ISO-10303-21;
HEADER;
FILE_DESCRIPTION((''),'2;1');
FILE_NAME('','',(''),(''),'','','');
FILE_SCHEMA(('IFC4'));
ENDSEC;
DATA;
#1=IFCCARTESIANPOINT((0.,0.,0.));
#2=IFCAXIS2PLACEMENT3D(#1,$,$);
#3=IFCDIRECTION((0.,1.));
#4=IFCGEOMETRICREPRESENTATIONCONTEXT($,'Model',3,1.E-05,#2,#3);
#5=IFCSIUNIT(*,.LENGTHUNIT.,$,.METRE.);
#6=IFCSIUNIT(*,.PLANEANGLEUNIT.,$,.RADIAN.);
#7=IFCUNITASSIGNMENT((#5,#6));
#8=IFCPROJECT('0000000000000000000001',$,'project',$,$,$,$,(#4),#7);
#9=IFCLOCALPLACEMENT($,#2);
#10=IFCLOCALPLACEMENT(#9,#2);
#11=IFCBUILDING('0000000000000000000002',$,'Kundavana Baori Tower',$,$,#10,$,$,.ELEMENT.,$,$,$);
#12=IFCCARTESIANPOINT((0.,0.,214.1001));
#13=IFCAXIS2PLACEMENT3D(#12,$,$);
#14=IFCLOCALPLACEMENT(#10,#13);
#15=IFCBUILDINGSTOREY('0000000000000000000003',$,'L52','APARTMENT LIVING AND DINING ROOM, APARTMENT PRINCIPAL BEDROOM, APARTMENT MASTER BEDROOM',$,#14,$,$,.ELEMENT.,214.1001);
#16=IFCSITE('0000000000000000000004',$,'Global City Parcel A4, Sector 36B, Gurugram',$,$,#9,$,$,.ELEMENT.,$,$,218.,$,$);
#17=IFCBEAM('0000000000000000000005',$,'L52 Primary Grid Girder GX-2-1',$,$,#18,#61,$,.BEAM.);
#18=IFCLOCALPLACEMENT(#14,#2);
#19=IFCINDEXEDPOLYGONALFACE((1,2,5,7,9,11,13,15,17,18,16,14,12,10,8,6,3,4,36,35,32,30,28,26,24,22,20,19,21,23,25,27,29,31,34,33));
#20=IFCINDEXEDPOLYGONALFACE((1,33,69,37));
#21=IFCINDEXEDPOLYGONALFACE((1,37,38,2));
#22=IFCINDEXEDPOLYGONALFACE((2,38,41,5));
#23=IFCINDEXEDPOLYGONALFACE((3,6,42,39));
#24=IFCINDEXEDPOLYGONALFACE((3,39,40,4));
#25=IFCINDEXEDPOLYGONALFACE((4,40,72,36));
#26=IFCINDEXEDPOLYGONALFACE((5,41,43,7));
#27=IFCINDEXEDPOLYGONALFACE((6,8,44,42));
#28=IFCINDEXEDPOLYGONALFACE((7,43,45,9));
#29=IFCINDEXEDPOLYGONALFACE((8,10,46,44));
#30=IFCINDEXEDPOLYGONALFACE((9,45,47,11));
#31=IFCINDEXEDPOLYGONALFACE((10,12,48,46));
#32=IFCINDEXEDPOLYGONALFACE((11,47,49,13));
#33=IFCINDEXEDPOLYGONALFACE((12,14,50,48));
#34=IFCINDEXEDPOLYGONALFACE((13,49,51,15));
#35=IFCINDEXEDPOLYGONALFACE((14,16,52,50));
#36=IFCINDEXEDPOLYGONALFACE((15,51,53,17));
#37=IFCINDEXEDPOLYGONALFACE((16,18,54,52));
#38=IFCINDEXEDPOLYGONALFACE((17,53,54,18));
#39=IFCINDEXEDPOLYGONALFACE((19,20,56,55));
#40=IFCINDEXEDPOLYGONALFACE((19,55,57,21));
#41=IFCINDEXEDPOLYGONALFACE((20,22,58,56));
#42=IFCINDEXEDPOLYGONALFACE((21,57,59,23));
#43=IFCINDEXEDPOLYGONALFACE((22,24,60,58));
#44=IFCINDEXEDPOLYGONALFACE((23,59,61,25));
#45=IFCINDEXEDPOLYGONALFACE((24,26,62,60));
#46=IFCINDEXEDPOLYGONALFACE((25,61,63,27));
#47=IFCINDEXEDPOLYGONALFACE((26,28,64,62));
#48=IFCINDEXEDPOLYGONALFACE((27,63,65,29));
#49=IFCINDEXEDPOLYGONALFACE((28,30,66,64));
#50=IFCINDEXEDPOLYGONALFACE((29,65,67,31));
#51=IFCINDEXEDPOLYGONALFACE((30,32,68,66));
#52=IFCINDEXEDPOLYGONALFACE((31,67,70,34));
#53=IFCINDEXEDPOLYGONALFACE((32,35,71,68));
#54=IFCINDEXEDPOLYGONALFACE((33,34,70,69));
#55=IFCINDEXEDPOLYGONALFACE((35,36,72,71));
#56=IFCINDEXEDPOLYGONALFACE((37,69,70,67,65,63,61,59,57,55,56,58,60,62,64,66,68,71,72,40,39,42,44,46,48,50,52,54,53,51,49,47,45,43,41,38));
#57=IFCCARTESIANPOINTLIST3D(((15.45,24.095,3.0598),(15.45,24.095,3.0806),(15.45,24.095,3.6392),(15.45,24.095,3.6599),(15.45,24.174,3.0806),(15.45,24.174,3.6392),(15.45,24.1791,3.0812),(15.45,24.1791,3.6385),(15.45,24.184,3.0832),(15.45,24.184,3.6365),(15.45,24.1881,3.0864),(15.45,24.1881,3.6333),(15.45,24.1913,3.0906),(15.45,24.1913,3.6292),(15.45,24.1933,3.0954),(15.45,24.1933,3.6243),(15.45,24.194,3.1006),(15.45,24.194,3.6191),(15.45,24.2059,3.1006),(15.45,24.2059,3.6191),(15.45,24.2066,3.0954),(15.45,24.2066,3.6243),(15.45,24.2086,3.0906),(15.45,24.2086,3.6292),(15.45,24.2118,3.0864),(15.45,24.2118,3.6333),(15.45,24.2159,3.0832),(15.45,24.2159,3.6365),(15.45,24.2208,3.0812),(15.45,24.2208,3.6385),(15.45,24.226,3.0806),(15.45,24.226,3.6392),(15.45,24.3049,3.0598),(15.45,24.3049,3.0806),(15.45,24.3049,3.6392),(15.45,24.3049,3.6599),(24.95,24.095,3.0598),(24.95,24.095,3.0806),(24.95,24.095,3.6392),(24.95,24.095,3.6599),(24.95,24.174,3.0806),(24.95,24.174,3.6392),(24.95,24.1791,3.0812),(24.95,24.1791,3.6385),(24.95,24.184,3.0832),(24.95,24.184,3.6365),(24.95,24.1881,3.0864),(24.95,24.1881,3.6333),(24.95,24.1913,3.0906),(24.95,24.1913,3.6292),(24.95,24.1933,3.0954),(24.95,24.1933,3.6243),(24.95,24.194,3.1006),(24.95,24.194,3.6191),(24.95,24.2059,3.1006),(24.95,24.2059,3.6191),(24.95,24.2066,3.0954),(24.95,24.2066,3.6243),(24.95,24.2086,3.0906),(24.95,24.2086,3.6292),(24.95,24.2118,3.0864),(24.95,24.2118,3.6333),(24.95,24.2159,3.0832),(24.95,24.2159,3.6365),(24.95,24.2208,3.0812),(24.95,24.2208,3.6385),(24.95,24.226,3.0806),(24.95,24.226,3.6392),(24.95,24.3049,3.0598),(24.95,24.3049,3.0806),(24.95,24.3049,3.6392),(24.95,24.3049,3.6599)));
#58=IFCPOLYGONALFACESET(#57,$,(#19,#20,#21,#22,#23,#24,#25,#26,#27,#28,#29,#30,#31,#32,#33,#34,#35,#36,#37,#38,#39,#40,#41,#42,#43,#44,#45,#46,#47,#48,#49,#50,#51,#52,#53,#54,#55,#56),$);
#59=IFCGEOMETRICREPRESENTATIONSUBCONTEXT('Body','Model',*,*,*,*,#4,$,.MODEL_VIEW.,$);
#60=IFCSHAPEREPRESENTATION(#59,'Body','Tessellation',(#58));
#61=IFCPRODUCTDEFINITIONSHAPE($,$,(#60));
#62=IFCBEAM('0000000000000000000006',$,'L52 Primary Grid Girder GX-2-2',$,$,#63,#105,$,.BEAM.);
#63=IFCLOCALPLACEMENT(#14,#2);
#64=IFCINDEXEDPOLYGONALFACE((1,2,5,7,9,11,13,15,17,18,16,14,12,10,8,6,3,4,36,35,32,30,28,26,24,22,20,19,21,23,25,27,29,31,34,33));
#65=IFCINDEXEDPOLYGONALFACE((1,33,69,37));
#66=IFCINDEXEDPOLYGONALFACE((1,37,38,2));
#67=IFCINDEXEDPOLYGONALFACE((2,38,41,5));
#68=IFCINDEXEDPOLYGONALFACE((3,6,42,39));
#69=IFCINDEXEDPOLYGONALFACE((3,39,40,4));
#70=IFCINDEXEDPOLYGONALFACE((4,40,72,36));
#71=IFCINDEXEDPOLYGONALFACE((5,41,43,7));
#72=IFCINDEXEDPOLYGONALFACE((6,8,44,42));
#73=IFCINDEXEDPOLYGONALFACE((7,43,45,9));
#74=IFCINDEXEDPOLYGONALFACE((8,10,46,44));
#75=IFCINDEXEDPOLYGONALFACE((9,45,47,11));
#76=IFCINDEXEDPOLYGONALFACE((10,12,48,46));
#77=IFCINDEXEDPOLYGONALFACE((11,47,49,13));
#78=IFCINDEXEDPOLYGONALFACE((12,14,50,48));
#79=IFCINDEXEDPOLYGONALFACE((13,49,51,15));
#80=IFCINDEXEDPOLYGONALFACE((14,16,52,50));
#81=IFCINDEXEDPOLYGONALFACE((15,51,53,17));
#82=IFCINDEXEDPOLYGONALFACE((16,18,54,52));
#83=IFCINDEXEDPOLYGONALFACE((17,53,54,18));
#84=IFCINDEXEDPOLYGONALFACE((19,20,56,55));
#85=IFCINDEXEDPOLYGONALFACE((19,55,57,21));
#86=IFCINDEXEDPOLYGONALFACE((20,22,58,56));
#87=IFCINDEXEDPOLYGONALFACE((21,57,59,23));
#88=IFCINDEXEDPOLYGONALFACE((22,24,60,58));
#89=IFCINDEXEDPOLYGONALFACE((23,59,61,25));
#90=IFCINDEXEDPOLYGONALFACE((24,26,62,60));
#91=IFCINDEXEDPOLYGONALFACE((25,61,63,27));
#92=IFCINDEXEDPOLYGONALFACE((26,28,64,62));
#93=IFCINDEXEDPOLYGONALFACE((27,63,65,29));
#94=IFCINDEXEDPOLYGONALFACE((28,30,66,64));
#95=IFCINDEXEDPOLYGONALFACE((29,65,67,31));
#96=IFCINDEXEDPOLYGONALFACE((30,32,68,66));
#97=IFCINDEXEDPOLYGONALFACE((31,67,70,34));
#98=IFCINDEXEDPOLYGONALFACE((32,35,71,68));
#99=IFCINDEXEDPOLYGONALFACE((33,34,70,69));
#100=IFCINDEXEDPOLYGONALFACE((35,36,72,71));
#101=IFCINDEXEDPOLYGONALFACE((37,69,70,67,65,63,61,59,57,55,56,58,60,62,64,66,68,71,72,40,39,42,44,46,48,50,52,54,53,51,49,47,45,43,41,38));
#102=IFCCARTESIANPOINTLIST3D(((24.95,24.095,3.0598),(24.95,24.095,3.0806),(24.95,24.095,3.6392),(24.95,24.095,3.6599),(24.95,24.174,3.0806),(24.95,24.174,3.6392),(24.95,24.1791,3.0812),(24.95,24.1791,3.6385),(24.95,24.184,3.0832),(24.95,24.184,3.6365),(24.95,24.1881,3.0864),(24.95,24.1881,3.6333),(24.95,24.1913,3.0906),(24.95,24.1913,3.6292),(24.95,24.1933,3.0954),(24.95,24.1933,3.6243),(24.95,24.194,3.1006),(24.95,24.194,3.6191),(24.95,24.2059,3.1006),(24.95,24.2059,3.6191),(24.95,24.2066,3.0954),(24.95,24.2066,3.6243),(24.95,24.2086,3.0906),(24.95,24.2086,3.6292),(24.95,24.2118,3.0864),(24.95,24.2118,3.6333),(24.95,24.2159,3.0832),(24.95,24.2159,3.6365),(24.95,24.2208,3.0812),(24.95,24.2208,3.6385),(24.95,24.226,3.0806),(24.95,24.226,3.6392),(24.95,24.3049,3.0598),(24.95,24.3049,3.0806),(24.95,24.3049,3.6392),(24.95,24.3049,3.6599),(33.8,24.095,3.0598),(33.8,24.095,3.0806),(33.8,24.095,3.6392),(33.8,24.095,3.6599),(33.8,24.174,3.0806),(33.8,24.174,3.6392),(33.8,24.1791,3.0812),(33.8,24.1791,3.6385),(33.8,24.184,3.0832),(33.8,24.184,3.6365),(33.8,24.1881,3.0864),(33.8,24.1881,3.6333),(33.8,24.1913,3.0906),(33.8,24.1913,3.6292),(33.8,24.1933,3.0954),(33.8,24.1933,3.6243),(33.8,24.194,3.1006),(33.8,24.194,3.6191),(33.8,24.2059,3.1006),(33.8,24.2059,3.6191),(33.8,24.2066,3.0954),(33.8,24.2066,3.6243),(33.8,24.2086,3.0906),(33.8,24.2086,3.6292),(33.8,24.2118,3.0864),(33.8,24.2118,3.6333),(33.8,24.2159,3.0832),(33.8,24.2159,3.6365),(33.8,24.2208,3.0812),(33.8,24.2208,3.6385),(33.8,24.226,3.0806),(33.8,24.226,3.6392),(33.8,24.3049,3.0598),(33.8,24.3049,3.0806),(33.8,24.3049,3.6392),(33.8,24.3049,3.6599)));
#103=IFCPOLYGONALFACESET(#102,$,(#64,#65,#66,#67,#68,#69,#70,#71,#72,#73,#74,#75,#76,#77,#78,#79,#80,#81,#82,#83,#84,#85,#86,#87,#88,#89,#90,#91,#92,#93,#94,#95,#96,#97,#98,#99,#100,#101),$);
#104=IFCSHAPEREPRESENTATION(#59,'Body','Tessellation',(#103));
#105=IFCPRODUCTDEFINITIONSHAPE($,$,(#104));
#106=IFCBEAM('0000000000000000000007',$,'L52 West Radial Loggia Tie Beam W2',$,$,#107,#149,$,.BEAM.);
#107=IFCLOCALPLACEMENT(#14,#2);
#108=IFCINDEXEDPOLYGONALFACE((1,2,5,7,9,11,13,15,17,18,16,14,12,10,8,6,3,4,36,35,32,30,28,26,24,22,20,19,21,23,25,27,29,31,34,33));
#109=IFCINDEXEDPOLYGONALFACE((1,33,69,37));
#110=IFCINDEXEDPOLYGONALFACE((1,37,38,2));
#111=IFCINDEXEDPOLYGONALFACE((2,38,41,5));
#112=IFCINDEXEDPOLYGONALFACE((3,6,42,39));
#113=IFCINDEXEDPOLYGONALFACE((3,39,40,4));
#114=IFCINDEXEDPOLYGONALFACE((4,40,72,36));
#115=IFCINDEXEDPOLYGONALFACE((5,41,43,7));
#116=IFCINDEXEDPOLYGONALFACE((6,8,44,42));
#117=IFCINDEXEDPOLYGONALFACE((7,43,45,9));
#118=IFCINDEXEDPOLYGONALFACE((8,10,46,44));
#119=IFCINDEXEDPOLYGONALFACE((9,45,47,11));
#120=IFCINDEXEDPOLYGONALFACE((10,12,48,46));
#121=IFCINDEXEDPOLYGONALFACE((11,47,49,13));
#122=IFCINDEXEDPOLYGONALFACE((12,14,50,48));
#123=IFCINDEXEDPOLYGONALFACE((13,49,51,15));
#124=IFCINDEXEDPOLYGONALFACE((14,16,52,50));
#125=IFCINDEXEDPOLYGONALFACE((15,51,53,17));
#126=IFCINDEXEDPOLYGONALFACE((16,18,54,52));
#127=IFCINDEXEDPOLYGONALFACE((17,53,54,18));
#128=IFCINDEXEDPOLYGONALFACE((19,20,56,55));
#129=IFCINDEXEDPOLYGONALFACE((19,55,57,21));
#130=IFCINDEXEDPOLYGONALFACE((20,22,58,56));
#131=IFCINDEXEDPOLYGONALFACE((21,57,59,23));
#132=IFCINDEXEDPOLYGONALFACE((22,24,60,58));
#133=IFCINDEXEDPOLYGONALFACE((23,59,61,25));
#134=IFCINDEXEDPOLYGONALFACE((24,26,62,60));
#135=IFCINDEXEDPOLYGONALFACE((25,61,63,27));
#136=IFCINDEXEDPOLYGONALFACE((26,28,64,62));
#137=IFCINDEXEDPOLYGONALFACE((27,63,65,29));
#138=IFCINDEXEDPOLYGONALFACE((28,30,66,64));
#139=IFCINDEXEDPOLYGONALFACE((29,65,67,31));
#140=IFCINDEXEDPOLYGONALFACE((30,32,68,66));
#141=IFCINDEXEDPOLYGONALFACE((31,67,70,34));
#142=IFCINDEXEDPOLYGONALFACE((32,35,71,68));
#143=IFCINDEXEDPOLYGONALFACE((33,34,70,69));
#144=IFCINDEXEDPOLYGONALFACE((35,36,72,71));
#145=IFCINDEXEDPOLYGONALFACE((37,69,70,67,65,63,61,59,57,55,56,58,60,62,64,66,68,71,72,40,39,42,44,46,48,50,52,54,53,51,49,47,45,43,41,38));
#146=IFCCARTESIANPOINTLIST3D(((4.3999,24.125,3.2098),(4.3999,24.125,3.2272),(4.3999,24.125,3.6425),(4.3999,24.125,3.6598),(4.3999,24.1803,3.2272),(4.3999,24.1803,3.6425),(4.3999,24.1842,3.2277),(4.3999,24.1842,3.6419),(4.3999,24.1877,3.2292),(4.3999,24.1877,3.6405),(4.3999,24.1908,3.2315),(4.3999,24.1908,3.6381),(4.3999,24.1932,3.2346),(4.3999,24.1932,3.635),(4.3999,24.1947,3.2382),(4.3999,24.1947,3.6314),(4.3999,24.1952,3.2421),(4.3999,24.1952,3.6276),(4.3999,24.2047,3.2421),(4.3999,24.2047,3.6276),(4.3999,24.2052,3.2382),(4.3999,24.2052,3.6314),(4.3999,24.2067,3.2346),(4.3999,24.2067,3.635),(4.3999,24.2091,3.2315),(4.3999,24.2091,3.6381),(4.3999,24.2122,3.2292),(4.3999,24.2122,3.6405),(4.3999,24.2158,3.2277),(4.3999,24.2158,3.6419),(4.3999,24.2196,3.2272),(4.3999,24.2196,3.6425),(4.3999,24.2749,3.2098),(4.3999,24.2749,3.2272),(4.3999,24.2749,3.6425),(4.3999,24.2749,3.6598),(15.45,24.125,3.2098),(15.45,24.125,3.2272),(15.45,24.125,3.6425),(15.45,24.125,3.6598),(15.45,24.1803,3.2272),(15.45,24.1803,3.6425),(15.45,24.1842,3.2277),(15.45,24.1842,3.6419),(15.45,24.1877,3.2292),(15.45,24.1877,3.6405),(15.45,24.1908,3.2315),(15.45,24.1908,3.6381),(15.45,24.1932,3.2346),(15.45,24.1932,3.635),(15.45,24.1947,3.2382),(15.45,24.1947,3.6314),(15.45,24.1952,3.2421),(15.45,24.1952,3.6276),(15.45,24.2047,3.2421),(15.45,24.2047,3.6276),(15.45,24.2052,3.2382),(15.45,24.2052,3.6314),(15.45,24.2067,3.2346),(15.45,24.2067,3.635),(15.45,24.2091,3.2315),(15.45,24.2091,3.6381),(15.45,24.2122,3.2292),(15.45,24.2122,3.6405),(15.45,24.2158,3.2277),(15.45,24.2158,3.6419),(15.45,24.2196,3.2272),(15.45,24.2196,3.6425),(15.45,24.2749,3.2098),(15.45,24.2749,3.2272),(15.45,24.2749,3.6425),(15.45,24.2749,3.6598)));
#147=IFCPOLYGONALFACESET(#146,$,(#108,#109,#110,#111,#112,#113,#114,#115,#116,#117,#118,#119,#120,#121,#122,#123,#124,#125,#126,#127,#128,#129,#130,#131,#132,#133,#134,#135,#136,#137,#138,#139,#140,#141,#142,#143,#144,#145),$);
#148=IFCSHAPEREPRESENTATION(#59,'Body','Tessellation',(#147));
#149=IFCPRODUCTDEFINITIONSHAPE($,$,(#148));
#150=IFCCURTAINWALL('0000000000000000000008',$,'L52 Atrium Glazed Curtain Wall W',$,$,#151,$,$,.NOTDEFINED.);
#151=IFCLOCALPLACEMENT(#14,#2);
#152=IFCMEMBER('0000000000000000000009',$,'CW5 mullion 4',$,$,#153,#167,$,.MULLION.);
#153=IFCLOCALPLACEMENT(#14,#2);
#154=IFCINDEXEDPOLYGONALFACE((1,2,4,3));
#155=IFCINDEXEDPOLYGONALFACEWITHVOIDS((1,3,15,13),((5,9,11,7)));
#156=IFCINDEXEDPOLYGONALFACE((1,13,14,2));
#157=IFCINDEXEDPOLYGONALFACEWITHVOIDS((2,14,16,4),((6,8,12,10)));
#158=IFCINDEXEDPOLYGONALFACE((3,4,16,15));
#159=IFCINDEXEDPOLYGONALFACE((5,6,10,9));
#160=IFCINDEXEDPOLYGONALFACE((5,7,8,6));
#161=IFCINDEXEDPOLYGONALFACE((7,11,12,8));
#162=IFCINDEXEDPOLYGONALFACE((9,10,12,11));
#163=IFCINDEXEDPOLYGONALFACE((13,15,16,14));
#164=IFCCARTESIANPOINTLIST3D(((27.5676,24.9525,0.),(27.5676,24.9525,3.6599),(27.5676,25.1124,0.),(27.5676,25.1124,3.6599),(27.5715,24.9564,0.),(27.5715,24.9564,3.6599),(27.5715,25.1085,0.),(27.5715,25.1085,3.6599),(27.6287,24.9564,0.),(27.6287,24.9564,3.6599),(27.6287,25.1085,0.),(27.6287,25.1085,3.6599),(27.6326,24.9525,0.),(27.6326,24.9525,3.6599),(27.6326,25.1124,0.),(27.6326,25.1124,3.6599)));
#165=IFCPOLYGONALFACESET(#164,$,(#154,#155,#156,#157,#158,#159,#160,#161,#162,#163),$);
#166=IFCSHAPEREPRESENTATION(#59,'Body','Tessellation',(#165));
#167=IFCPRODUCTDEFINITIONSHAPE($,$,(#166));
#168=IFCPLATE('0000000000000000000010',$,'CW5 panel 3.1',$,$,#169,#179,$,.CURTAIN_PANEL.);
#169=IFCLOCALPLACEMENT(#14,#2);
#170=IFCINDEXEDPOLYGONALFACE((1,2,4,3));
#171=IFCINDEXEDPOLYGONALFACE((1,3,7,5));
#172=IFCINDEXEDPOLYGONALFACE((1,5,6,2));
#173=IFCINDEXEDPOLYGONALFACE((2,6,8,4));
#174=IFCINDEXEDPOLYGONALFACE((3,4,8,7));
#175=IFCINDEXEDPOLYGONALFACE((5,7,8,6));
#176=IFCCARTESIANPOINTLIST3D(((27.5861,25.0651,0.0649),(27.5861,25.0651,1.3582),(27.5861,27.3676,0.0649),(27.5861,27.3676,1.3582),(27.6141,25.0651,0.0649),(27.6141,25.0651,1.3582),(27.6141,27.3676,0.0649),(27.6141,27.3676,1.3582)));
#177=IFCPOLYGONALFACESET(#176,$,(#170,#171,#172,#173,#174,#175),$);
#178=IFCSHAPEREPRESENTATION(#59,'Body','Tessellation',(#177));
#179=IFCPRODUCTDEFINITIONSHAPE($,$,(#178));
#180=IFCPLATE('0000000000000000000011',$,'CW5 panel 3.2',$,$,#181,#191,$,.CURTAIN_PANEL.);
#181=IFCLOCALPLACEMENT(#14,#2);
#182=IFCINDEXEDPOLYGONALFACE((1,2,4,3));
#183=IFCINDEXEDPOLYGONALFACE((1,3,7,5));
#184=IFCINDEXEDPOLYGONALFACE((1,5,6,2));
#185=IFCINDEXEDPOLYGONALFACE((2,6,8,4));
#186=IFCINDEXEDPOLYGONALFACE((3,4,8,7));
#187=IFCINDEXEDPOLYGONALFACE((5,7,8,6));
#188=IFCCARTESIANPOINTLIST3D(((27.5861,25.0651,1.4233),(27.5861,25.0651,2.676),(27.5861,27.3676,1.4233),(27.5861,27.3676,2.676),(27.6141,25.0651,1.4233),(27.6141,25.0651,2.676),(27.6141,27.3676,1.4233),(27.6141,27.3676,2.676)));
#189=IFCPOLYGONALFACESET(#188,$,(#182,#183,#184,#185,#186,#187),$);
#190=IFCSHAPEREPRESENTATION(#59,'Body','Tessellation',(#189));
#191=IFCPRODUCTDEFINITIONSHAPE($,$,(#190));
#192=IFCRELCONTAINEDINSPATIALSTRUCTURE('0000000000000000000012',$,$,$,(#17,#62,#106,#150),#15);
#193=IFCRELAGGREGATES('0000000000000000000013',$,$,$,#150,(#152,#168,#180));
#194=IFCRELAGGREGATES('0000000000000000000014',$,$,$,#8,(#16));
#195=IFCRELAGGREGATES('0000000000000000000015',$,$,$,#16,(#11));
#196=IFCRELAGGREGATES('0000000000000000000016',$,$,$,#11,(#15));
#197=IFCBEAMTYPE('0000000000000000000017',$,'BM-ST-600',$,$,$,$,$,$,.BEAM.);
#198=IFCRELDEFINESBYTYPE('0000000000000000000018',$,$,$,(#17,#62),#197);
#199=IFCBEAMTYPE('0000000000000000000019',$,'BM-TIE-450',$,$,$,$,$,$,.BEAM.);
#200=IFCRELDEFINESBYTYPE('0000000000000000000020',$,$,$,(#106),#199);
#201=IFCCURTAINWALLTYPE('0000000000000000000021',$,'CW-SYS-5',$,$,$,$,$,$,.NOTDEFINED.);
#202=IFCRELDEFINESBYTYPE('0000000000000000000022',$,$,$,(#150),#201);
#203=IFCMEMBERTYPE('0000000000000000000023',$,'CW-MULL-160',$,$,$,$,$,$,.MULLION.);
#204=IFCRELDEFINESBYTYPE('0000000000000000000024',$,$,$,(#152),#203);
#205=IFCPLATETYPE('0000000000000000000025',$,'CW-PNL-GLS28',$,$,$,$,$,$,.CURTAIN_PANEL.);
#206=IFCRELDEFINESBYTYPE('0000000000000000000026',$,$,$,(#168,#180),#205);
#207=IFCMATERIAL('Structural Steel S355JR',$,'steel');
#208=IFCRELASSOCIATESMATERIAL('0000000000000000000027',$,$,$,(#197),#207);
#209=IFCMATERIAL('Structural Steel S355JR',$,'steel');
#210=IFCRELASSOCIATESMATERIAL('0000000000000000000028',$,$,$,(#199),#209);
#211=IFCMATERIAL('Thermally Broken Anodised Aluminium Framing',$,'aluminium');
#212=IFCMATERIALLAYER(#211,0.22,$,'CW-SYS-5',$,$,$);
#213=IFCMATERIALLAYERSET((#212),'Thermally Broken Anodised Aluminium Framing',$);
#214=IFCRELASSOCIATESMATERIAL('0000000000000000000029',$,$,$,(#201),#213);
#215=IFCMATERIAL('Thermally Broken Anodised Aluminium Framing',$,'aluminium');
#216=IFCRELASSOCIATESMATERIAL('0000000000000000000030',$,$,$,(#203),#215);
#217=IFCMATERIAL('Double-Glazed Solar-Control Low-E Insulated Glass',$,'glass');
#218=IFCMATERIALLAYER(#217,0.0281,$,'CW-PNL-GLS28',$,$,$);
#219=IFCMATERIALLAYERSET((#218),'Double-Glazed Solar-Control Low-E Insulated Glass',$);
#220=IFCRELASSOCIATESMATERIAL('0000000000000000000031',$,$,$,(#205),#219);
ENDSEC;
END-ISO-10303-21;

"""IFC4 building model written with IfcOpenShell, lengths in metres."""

from ifc_helpers import new_model, si_unit, direction, frame, origin, origin_2d, place, context, subcontext, project, spatial, rectangle, hollow_rectangle, i_section, extrude, material, layer, layer_set, material_profile, profile_set, type_object, element, aggregate, save


model = new_model("IFC4")

# Units and contexts
model_context = context("Model", 3, precision=1e-05, world=origin(), true_north=direction((0.0, 1.0)))
body_context = subcontext(model_context, "Body", "Model", "MODEL_VIEW")
ifc_project = project(units=[si_unit("LENGTHUNIT", "METRE"), si_unit("PLANEANGLEUNIT", "RADIAN")], contexts=[model_context])

# Site, building, storey
site_placement = place(None, origin())
site = spatial("IfcSite", under=ifc_project, at=site_placement, Name="Global City Parcel A4, Sector 36B, Gurugram", CompositionType="ELEMENT", RefElevation=218.0)
building_placement = place(site_placement, origin())
building = spatial("IfcBuilding", under=site, at=building_placement, Name="Kundavana Baori Tower", CompositionType="ELEMENT")
storey_placement = place(building_placement, frame((0.0, 0.0, 214.1001)))
storey = spatial("IfcBuildingStorey", under=building, at=storey_placement, Name="L52", Description="APARTMENT LIVING AND DINING ROOM, APARTMENT PRINCIPAL BEDROOM, APARTMENT MASTER BEDROOM", CompositionType="ELEMENT", Elevation=214.1001)

# Beams
ifc_material_1 = material(Name="Structural Steel S355JR", Category="steel")
ifc_material_profile_1 = material_profile(ifc_material_1, i_section(OverallWidth=0.21, OverallDepth=0.6001, WebThickness=0.012, FlangeThickness=0.0208, FilletRadius=0.02, at=origin_2d()), Name="ISMB 600")
ifc_profile_set_1 = profile_set([ifc_material_profile_1], Name="Structural Steel S355JR")
beam_type_1 = type_object("IfcBeamType", Name="BM-ST-600", PredefinedType="BEAM", material=ifc_profile_set_1)
beam_1_placement = place(storey_placement, frame((15.45, 24.2, 3.3599), z_axis=(1.0, 0.0, 0.0), x_axis=(0.0, 1.0, 0.0)))
element("IfcBeam", 1, at=beam_1_placement, inside=storey, type_object=beam_type_1, Name="L52 Primary Grid Girder GX-2-1", PredefinedType="BEAM", context=body_context, shape_type="SweptSolid", body=[
    extrude(i_section(OverallWidth=0.21, OverallDepth=0.6001, WebThickness=0.012, FlangeThickness=0.0208, FilletRadius=0.02, at=origin_2d()), origin(), (0.0, 0.0, 1.0), 9.5),
])
beam_2_placement = place(storey_placement, frame((24.95, 24.2, 3.3599), z_axis=(1.0, 0.0, 0.0), x_axis=(0.0, 1.0, 0.0)))
element("IfcBeam", 2, at=beam_2_placement, inside=storey, type_object=beam_type_1, Name="L52 Primary Grid Girder GX-2-2", PredefinedType="BEAM", context=body_context, shape_type="SweptSolid", body=[
    extrude(i_section(OverallWidth=0.21, OverallDepth=0.6001, WebThickness=0.012, FlangeThickness=0.0208, FilletRadius=0.02, at=origin_2d()), origin(), (0.0, 0.0, 1.0), 8.8501),
])
ifc_material_2 = material(Name="Structural Steel S355JR", Category="steel")
ifc_material_profile_2 = material_profile(ifc_material_2, i_section(OverallWidth=0.1499, OverallDepth=0.45, WebThickness=0.0095, FlangeThickness=0.0173, FilletRadius=0.0149, at=origin_2d()), Name="ISMB 450")
ifc_profile_set_2 = profile_set([ifc_material_profile_2], Name="Structural Steel S355JR")
beam_type_2 = type_object("IfcBeamType", Name="BM-TIE-450", PredefinedType="BEAM", material=ifc_profile_set_2)
beam_3_placement = place(storey_placement, frame((15.45, 24.2, 3.4348), z_axis=(-1.0, 0.0, 0.0), x_axis=(0.0, -1.0, 0.0)))
element("IfcBeam", 3, at=beam_3_placement, inside=storey, type_object=beam_type_2, Name="L52 West Radial Loggia Tie Beam W2", PredefinedType="BEAM", context=body_context, shape_type="SweptSolid", body=[
    extrude(i_section(OverallWidth=0.1499, OverallDepth=0.45, WebThickness=0.0095, FlangeThickness=0.0173, FilletRadius=0.0149, at=origin_2d()), origin(), (0.0, 0.0, 1.0), 11.05),
])

# Curtain wall, member, plates
ifc_material_3 = material(Name="Thermally Broken Anodised Aluminium Framing", Category="aluminium")
ifc_layer_1 = layer(ifc_material_3, 0.22, Name="CW-SYS-5")
ifc_layer_set_1 = layer_set([ifc_layer_1], Name="Thermally Broken Anodised Aluminium Framing")
curtain_wall_type = type_object("IfcCurtainWallType", Name="CW-SYS-5", PredefinedType="NOTDEFINED", material=ifc_layer_set_1)
curtain_wall_placement = place(storey_placement, origin())
curtain_wall = element("IfcCurtainWall", 4, at=curtain_wall_placement, inside=storey, type_object=curtain_wall_type, Name="L52 Atrium Glazed Curtain Wall W", PredefinedType="NOTDEFINED")
ifc_material_4 = material(Name="Thermally Broken Anodised Aluminium Framing", Category="aluminium")
ifc_material_profile_3 = material_profile(ifc_material_4, hollow_rectangle(XDim=0.0649, YDim=0.1599, WallThickness=0.0039, at=origin_2d()), Name="CW-MULL-160")
ifc_profile_set_3 = profile_set([ifc_material_profile_3], Name="Thermally Broken Anodised Aluminium Framing")
member_type = type_object("IfcMemberType", Name="CW-MULL-160", PredefinedType="MULLION", material=ifc_profile_set_3)
member_placement = place(storey_placement, frame((27.6001, 25.0325, 0.0), z_axis=(0.0, 0.0, 1.0), x_axis=(1.0, 0.0, 0.0)))
member = element("IfcMember", 5, at=member_placement, type_object=member_type, Name="CW5 mullion 4", PredefinedType="MULLION", context=body_context, shape_type="SweptSolid", body=[
    extrude(hollow_rectangle(XDim=0.0649, YDim=0.1599, WallThickness=0.0039, at=origin_2d()), origin(), (0.0, 0.0, 1.0), 3.6599),
])
ifc_material_5 = material(Name="Double-Glazed Solar-Control Low-E Insulated Glass", Category="glass")
ifc_layer_2 = layer(ifc_material_5, 0.0281, Name="CW-PNL-GLS28")
ifc_layer_set_2 = layer_set([ifc_layer_2], Name="Double-Glazed Solar-Control Low-E Insulated Glass")
plate_type = type_object("IfcPlateType", Name="CW-PNL-GLS28", PredefinedType="CURTAIN_PANEL", material=ifc_layer_set_2)
plate_1_placement = place(storey_placement, frame((27.6001, 26.2163, 0.0649), z_axis=(0.0, 0.0, 1.0), x_axis=(0.0, -1.0, 0.0)))
plate_1 = element("IfcPlate", 6, at=plate_1_placement, type_object=plate_type, Name="CW5 panel 3.1", PredefinedType="CURTAIN_PANEL", context=body_context, shape_type="SweptSolid", body=[
    extrude(rectangle(XDim=2.3025, YDim=0.0281, at=origin_2d()), origin(), (0.0, 0.0, 1.0), 1.2932),
])
plate_2_placement = place(storey_placement, frame((27.6001, 26.2163, 1.4233), z_axis=(0.0, 0.0, 1.0), x_axis=(0.0, -1.0, 0.0)))
plate_2 = element("IfcPlate", 7, at=plate_2_placement, type_object=plate_type, Name="CW5 panel 3.2", PredefinedType="CURTAIN_PANEL", context=body_context, shape_type="SweptSolid", body=[
    extrude(rectangle(XDim=2.3025, YDim=0.0281, at=origin_2d()), origin(), (0.0, 0.0, 1.0), 1.2527),
])
aggregate(curtain_wall, [member, plate_1, plate_2])

save(model, "model.ifc")
